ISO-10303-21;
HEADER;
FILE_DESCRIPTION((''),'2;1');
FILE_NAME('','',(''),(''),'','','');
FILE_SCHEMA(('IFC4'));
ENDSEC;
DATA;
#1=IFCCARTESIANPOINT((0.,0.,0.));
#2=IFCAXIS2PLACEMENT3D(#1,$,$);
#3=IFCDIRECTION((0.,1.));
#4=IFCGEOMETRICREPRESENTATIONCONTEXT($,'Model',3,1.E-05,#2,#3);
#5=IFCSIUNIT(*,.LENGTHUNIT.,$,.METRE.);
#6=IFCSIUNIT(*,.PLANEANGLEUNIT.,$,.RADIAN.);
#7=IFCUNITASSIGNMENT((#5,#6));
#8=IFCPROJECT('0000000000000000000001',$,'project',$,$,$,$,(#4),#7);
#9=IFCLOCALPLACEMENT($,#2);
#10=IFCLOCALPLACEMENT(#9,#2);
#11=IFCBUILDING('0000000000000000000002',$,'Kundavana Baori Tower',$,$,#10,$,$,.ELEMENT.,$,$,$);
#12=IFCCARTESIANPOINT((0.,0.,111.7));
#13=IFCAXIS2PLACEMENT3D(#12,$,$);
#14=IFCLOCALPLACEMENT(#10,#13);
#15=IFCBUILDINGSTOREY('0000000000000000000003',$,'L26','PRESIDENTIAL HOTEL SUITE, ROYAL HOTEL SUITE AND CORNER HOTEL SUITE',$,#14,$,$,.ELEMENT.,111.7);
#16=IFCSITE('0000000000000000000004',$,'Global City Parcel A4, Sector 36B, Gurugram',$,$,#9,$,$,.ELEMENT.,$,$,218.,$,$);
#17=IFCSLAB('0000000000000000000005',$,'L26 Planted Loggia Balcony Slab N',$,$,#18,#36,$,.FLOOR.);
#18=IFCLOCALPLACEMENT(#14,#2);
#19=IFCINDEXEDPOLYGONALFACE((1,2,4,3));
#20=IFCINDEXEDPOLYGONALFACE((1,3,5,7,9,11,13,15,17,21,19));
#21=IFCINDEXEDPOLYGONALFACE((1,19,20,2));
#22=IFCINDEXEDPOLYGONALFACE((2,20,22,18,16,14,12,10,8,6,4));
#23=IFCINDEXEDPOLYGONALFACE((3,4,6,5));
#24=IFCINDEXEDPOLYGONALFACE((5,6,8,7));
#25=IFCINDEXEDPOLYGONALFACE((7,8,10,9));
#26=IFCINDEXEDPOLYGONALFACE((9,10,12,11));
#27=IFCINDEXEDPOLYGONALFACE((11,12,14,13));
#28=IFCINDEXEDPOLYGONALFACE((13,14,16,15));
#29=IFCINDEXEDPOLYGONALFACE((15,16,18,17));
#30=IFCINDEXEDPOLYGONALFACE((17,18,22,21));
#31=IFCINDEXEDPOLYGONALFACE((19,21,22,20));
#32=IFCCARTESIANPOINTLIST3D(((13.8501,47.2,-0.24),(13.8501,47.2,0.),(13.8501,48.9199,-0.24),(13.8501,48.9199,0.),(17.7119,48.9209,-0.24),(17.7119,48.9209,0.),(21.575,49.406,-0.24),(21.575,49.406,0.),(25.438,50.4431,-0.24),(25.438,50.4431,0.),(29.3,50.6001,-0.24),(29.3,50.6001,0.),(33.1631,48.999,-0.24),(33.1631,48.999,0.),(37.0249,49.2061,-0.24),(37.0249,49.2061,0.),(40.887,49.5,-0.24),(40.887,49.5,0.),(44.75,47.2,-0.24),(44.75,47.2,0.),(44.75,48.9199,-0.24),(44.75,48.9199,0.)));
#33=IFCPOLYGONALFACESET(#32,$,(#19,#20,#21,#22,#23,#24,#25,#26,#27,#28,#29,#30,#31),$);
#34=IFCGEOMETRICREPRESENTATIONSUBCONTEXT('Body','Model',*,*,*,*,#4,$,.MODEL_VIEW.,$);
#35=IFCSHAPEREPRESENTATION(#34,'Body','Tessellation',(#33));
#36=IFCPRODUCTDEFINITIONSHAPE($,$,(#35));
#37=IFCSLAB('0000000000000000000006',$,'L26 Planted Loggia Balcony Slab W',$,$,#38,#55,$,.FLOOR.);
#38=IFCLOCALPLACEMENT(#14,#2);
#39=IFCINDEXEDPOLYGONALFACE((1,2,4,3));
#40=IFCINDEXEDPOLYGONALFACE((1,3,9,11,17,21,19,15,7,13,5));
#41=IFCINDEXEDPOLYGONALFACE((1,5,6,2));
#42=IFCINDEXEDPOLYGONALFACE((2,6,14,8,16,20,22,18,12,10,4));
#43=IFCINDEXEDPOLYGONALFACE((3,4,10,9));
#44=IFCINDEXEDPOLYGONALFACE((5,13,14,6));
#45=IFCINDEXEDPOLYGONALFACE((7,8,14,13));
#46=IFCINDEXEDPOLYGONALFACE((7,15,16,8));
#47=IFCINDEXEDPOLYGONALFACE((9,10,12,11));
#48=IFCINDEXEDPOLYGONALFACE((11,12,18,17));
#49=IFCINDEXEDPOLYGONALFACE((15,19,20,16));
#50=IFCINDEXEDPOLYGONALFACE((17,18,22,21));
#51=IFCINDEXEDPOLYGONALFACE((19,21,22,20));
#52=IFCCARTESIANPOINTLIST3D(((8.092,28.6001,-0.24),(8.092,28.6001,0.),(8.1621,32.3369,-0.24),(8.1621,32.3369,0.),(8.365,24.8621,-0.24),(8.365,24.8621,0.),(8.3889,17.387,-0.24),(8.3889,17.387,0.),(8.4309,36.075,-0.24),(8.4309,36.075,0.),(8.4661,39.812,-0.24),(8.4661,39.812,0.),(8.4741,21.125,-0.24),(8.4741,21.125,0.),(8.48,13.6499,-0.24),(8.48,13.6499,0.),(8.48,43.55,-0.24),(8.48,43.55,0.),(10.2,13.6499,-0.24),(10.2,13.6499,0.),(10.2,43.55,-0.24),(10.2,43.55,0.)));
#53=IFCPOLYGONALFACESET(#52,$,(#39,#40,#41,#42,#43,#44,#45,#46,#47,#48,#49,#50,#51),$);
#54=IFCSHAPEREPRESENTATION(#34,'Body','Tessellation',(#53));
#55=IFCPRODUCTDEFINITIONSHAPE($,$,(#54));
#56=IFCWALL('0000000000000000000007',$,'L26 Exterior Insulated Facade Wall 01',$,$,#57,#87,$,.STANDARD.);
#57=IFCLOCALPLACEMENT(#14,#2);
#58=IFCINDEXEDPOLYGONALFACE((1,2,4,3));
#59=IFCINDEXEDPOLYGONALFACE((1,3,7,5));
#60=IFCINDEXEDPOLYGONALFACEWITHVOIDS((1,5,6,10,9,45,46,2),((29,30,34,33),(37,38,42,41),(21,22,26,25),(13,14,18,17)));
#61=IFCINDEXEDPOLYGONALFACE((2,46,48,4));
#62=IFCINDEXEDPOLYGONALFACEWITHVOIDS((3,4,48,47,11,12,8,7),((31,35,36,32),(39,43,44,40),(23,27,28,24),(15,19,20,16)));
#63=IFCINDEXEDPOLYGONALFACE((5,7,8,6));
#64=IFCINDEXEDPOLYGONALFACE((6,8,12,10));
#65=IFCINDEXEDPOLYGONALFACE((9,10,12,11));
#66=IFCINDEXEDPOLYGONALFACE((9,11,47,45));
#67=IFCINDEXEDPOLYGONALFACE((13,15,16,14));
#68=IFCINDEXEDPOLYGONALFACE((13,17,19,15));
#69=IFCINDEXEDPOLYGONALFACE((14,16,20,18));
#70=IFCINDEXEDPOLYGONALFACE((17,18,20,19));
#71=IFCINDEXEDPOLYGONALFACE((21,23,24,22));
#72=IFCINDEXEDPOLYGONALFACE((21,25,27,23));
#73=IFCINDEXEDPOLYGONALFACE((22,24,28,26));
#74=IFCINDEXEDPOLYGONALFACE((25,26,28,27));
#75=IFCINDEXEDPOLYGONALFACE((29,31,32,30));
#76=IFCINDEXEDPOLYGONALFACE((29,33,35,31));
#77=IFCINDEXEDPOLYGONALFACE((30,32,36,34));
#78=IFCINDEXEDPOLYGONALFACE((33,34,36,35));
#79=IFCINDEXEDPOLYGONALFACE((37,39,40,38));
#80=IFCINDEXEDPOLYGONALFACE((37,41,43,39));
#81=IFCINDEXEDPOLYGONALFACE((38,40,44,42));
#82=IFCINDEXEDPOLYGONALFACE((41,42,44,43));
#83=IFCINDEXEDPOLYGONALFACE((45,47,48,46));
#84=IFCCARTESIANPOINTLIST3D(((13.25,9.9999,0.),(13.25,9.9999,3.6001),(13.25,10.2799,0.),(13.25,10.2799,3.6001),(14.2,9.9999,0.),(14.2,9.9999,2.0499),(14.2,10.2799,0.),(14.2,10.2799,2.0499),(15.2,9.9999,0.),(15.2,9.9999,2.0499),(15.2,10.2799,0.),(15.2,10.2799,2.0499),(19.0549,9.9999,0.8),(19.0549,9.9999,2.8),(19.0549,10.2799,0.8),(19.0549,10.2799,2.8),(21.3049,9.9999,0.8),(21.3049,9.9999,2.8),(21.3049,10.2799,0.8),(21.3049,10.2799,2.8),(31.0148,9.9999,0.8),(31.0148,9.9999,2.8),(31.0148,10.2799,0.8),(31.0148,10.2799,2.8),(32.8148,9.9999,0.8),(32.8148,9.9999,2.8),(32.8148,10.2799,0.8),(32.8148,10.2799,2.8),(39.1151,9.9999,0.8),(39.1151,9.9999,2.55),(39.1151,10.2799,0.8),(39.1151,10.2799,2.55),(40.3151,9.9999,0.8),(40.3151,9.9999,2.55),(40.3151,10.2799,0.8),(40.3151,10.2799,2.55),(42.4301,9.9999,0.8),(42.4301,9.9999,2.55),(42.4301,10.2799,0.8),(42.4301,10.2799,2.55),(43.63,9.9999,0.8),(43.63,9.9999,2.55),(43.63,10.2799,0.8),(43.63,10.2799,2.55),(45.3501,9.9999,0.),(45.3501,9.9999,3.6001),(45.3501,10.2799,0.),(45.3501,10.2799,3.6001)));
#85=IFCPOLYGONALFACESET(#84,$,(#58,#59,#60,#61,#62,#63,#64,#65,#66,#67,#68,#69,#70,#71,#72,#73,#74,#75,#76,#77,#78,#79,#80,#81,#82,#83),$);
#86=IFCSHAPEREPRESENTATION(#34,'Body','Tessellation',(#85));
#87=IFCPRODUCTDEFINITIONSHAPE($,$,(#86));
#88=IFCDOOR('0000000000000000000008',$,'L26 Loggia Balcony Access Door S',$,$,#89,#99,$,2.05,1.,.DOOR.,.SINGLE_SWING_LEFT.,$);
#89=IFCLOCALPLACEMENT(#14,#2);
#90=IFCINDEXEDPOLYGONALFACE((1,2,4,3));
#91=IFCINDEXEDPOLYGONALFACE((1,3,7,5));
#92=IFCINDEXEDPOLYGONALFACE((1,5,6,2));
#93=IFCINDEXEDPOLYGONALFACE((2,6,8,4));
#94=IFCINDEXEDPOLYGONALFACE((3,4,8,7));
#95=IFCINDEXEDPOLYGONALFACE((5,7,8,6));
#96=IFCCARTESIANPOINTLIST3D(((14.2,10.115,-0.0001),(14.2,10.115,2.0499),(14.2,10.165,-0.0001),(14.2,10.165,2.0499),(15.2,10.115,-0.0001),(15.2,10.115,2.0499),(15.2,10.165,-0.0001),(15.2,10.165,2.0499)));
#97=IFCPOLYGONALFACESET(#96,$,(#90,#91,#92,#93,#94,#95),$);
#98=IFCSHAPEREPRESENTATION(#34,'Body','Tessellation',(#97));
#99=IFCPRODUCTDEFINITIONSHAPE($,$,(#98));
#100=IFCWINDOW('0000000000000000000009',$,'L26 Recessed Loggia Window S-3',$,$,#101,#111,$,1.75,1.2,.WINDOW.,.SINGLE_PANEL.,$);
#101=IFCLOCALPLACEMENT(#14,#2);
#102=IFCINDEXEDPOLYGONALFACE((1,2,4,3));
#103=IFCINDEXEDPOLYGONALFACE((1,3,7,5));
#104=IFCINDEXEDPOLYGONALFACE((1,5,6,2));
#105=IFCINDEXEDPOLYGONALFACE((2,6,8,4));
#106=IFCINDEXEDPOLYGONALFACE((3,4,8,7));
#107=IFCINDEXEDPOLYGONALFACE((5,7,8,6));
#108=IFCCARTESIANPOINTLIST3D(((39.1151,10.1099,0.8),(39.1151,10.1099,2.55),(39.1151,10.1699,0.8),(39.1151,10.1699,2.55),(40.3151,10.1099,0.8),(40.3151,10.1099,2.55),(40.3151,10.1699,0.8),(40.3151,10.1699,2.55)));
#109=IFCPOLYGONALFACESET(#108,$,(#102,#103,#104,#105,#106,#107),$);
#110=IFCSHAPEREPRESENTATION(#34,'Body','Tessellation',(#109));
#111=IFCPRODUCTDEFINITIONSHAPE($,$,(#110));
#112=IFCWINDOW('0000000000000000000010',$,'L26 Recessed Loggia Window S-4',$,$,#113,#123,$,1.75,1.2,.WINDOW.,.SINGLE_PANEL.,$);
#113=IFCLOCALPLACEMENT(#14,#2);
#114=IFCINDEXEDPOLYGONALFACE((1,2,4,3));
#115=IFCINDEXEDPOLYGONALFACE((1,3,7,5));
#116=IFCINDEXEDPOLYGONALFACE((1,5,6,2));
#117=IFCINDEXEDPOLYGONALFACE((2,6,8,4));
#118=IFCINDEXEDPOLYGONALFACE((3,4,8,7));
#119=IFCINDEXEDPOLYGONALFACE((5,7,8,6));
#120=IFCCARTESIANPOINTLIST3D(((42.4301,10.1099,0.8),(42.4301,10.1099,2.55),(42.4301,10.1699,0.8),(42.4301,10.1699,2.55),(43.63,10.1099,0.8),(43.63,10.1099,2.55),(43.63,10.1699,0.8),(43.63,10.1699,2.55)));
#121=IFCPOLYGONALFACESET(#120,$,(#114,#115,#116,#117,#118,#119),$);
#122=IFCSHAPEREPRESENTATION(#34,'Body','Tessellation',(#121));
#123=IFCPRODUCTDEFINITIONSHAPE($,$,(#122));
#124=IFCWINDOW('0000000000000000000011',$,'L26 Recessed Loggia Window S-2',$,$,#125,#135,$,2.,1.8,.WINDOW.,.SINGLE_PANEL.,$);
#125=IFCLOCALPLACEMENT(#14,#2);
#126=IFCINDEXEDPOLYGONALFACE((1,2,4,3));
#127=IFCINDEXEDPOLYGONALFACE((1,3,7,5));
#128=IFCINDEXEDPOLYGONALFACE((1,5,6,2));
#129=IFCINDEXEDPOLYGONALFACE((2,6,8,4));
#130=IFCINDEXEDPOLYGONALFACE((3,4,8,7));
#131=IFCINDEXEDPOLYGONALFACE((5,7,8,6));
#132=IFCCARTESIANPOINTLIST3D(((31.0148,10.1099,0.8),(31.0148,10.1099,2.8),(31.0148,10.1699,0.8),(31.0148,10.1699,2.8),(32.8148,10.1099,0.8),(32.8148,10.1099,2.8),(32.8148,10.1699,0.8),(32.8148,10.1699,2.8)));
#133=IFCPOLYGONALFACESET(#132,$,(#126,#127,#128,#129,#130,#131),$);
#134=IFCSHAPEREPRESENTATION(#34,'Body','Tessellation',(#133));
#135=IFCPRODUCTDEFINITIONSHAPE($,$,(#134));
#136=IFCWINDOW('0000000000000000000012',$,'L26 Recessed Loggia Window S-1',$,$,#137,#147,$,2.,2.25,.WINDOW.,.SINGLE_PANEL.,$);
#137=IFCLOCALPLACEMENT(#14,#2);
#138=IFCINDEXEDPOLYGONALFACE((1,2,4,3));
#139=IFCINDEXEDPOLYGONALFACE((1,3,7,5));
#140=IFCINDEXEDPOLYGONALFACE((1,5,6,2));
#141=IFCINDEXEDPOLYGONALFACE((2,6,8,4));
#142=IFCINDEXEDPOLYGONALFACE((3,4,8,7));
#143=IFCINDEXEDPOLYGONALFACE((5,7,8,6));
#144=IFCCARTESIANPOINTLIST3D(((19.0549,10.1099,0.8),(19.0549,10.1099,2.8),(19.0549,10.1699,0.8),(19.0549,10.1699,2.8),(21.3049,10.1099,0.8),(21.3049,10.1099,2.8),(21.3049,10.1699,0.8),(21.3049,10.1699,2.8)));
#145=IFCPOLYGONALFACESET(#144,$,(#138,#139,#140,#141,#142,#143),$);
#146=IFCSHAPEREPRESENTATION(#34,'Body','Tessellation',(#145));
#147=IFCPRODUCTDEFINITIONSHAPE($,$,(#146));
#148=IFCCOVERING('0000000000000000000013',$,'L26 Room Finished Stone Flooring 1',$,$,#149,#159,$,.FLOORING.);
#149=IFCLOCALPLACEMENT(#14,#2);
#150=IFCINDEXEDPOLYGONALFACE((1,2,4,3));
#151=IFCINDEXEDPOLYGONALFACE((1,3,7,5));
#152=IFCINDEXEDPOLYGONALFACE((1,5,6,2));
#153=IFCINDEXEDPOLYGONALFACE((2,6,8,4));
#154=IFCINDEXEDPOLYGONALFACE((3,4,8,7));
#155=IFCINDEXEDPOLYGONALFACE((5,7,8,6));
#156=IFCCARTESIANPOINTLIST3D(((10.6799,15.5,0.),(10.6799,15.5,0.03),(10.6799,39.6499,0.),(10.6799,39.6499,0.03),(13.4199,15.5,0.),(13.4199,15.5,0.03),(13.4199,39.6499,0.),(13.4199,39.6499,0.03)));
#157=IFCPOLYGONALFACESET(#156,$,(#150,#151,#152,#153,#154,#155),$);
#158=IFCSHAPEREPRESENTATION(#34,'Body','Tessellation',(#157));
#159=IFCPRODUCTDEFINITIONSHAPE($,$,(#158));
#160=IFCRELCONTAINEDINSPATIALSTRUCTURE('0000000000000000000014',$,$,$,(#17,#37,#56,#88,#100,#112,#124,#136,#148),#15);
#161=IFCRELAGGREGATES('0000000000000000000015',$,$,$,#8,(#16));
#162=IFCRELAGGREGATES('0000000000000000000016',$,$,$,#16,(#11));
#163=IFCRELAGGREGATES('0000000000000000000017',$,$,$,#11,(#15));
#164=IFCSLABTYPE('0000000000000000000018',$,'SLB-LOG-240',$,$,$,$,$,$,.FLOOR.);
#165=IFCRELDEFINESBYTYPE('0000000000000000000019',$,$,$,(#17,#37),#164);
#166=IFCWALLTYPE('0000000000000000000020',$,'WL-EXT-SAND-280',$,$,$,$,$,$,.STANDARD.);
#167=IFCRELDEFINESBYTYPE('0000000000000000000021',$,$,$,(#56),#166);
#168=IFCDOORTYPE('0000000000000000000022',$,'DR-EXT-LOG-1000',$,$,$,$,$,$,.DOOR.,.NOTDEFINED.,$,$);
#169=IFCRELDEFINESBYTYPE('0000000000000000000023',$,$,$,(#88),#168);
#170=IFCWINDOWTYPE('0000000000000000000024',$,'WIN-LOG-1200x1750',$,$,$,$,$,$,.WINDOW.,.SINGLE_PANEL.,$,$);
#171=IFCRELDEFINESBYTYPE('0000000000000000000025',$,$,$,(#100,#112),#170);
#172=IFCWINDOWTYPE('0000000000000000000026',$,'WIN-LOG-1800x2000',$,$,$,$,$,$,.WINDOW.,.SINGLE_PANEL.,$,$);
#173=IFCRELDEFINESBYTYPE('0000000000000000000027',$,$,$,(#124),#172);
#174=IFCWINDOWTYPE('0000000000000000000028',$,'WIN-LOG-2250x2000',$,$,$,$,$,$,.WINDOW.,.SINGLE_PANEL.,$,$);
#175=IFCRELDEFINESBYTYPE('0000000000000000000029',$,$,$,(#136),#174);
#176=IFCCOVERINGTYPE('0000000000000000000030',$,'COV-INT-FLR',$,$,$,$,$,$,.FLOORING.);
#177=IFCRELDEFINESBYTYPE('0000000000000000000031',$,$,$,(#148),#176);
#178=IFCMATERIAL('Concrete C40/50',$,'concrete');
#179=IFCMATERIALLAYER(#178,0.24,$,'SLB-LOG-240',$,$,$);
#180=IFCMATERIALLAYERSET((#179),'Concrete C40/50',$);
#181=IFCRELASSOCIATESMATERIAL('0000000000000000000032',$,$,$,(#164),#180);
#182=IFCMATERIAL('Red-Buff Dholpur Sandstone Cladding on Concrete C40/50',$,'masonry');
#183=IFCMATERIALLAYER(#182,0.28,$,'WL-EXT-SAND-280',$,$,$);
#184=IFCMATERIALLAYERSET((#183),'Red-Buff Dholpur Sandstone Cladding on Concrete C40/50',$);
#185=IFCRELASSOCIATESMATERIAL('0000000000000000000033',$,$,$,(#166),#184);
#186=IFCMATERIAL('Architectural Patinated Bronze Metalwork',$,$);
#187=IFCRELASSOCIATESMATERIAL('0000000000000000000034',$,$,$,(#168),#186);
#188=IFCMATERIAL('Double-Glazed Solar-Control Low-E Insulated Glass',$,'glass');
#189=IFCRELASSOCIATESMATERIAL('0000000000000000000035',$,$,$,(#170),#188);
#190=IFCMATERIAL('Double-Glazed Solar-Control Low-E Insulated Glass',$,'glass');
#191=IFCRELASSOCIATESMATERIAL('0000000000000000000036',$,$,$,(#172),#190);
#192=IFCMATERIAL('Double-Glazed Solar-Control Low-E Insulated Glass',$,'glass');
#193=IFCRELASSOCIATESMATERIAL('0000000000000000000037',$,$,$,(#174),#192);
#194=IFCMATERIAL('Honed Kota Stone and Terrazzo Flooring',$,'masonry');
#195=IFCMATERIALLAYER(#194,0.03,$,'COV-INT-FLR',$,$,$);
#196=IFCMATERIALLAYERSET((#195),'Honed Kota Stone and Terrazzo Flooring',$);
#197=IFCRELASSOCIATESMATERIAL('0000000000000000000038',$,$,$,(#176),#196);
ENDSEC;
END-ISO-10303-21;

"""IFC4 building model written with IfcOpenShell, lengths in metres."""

from ifc_helpers import new_model, si_unit, direction, frame, frame_2d, origin, place, context, subcontext, project, spatial, polyline, rectangle, outline, extrude, material, layer, layer_set, type_object, element, fill, save


model = new_model("IFC4")

# Units and contexts
model_context = context("Model", 3, precision=1e-05, world=origin(), true_north=direction((0.0, 1.0)))
body_context = subcontext(model_context, "Body", "Model", "MODEL_VIEW")
ifc_project = project(units=[si_unit("LENGTHUNIT", "METRE"), si_unit("PLANEANGLEUNIT", "RADIAN")], contexts=[model_context])

# Site, building, storey
site_placement = place(None, origin())
site = spatial("IfcSite", under=ifc_project, at=site_placement, Name="Global City Parcel A4, Sector 36B, Gurugram", CompositionType="ELEMENT", RefElevation=218.0)
building_placement = place(site_placement, origin())
building = spatial("IfcBuilding", under=site, at=building_placement, Name="Kundavana Baori Tower", CompositionType="ELEMENT")
storey_placement = place(building_placement, frame((0.0, 0.0, 111.7)))
storey = spatial("IfcBuildingStorey", under=building, at=storey_placement, Name="L26", Description="PRESIDENTIAL HOTEL SUITE, ROYAL HOTEL SUITE AND CORNER HOTEL SUITE", CompositionType="ELEMENT", Elevation=111.7)

# Slabs
ifc_material_1 = material(Name="Concrete C40/50", Category="concrete")
ifc_layer_1 = layer(ifc_material_1, 0.24, Name="SLB-LOG-240")
ifc_layer_set_1 = layer_set([ifc_layer_1], Name="Concrete C40/50")
slab_type_1 = type_object("IfcSlabType", Name="SLB-LOG-240", PredefinedType="FLOOR", material=ifc_layer_set_1)
slab_1_placement = place(storey_placement, frame((0.0, 0.0, -0.24)))
element("IfcSlab", 1, at=slab_1_placement, inside=storey, type_object=slab_type_1, Name="L26 Planted Loggia Balcony Slab N", PredefinedType="FLOOR", context=body_context, shape_type="SweptSolid", body=[
    extrude(outline(polyline([(44.75, 47.2), (13.8501, 47.2), (13.8501, 48.9199), (17.7119, 48.9209), (21.575, 49.406), (25.438, 50.4431), (29.3, 50.6001), (33.1631, 48.999), (37.0249, 49.2061), (40.887, 49.5), (44.75, 48.9199), (44.75, 47.2)])), origin(), (0.0, 0.0, 1.0), 0.24),
])
slab_2_placement = place(storey_placement, frame((0.0, 0.0, -0.24)))
element("IfcSlab", 2, at=slab_2_placement, inside=storey, type_object=slab_type_1, Name="L26 Planted Loggia Balcony Slab W", PredefinedType="FLOOR", context=body_context, shape_type="SweptSolid", body=[
    extrude(outline(polyline([(10.2, 43.55), (10.2, 13.6499), (8.48, 13.6499), (8.3889, 17.387), (8.4741, 21.125), (8.365, 24.8621), (8.092, 28.6001), (8.1621, 32.3369), (8.4309, 36.075), (8.4661, 39.812), (8.48, 43.55), (10.2, 43.55)])), origin(), (0.0, 0.0, 1.0), 0.24),
])

# Wall, openings, door, windows
ifc_material_2 = material(Name="Red-Buff Dholpur Sandstone Cladding on Concrete C40/50", Category="masonry")
ifc_layer_2 = layer(ifc_material_2, 0.28, Name="WL-EXT-SAND-280")
ifc_layer_set_2 = layer_set([ifc_layer_2], Name="Red-Buff Dholpur Sandstone Cladding on Concrete C40/50")
wall_type = type_object("IfcWallType", Name="WL-EXT-SAND-280", PredefinedType="STANDARD", material=ifc_layer_set_2)
wall_placement = place(storey_placement, frame((13.25, 10.1399, 0.0), z_axis=(0.0, 0.0, 1.0), x_axis=(1.0, 0.0, 0.0)))
wall = element("IfcWall", 3, at=wall_placement, inside=storey, type_object=wall_type, Name="L26 Exterior Insulated Facade Wall 01", PredefinedType="STANDARD", context=body_context, shape_type="SweptSolid", body=[
    extrude(rectangle(XDim=32.1001, YDim=0.28, at=frame_2d((16.05, 0.0))), origin(), (0.0, 0.0, 1.0), 3.6001),
])
opening_1_placement = place(wall_placement, frame((0.95, 0.0, 0.0)))
opening_1 = element("IfcOpeningElement", 4, at=opening_1_placement, cuts=wall, PredefinedType="OPENING", context=body_context, shape_type="SweptSolid", body=[
    extrude(rectangle(XDim=1.0, YDim=2.05, at=frame_2d((0.5, 1.0249))), frame((0.0, 0.1499, 0.0), z_axis=(0.0, -1.0, 0.0), x_axis=(1.0, 0.0, 0.0)), (0.0, 0.0, 1.0), 0.3),
])
opening_2_placement = place(wall_placement, frame((5.8049, 0.0, 0.8)))
opening_2 = element("IfcOpeningElement", 5, at=opening_2_placement, cuts=wall, PredefinedType="OPENING", context=body_context, shape_type="SweptSolid", body=[
    extrude(rectangle(XDim=2.25, YDim=2.0, at=frame_2d((1.125, 1.0))), frame((0.0, 0.1499, 0.0), z_axis=(0.0, -1.0, 0.0), x_axis=(1.0, 0.0, 0.0)), (0.0, 0.0, 1.0), 0.3),
])
opening_3_placement = place(wall_placement, frame((17.7649, 0.0, 0.8)))
opening_3 = element("IfcOpeningElement", 6, at=opening_3_placement, cuts=wall, PredefinedType="OPENING", context=body_context, shape_type="SweptSolid", body=[
    extrude(rectangle(XDim=1.8, YDim=2.0, at=frame_2d((0.8999, 1.0))), frame((0.0, 0.1499, 0.0), z_axis=(0.0, -1.0, 0.0), x_axis=(1.0, 0.0, 0.0)), (0.0, 0.0, 1.0), 0.3),
])
opening_4_placement = place(wall_placement, frame((25.865, 0.0, 0.8)))
opening_4 = element("IfcOpeningElement", 7, at=opening_4_placement, cuts=wall, PredefinedType="OPENING", context=body_context, shape_type="SweptSolid", body=[
    extrude(rectangle(XDim=1.2, YDim=1.75, at=frame_2d((0.6001, 0.875))), frame((0.0, 0.1499, 0.0), z_axis=(0.0, -1.0, 0.0), x_axis=(1.0, 0.0, 0.0)), (0.0, 0.0, 1.0), 0.3),
])
opening_5_placement = place(wall_placement, frame((29.1799, 0.0, 0.8)))
opening_5 = element("IfcOpeningElement", 8, at=opening_5_placement, cuts=wall, PredefinedType="OPENING", context=body_context, shape_type="SweptSolid", body=[
    extrude(rectangle(XDim=1.2, YDim=1.75, at=frame_2d((0.6001, 0.875))), frame((0.0, 0.1499, 0.0), z_axis=(0.0, -1.0, 0.0), x_axis=(1.0, 0.0, 0.0)), (0.0, 0.0, 1.0), 0.3),
])
ifc_material_3 = material(Name="Architectural Patinated Bronze Metalwork")
door_type = type_object("IfcDoorType", Name="DR-EXT-LOG-1000", OperationType="NOTDEFINED", PredefinedType="DOOR", material=ifc_material_3)
door_placement = place(opening_1_placement, frame((1.0, 0.0, 0.0), z_axis=(0.0, 0.0, 1.0), x_axis=(-1.0, 0.0, 0.0)))
door = element("IfcDoor", 9, at=door_placement, inside=storey, type_object=door_type, Name="L26 Loggia Balcony Access Door S", OperationType="SINGLE_SWING_LEFT", OverallHeight=2.05, OverallWidth=1.0, PredefinedType="DOOR", context=body_context, shape_type="SweptSolid", body=[
    extrude(rectangle(XDim=1.0, YDim=2.05, at=frame_2d((0.5, 1.0249))), frame((0.0, 0.0249, 0.0), z_axis=(0.0, -1.0, 0.0), x_axis=(1.0, 0.0, 0.0)), (0.0, 0.0, 1.0), 0.05),
])
fill(opening_1, door)
ifc_material_4 = material(Name="Double-Glazed Solar-Control Low-E Insulated Glass", Category="glass")
window_type_1 = type_object("IfcWindowType", Name="WIN-LOG-1200x1750", PartitioningType="SINGLE_PANEL", PredefinedType="WINDOW", material=ifc_material_4)
window_1_placement = place(opening_4_placement, origin())
window_1 = element("IfcWindow", 10, at=window_1_placement, inside=storey, type_object=window_type_1, Name="L26 Recessed Loggia Window S-3", OverallHeight=1.75, OverallWidth=1.2, PartitioningType="SINGLE_PANEL", PredefinedType="WINDOW", context=body_context, shape_type="SweptSolid", body=[
    extrude(rectangle(XDim=1.2, YDim=1.75, at=frame_2d((0.6001, 0.875))), frame((0.0, 0.03, 0.0), z_axis=(0.0, -1.0, 0.0), x_axis=(1.0, 0.0, 0.0)), (0.0, 0.0, 1.0), 0.0601),
])
fill(opening_4, window_1)
window_2_placement = place(opening_5_placement, origin())
window_2 = element("IfcWindow", 11, at=window_2_placement, inside=storey, type_object=window_type_1, Name="L26 Recessed Loggia Window S-4", OverallHeight=1.75, OverallWidth=1.2, PartitioningType="SINGLE_PANEL", PredefinedType="WINDOW", context=body_context, shape_type="SweptSolid", body=[
    extrude(rectangle(XDim=1.2, YDim=1.75, at=frame_2d((0.6001, 0.875))), frame((0.0, 0.03, 0.0), z_axis=(0.0, -1.0, 0.0), x_axis=(1.0, 0.0, 0.0)), (0.0, 0.0, 1.0), 0.0601),
])
fill(opening_5, window_2)
ifc_material_5 = material(Name="Double-Glazed Solar-Control Low-E Insulated Glass", Category="glass")
window_type_2 = type_object("IfcWindowType", Name="WIN-LOG-1800x2000", PartitioningType="SINGLE_PANEL", PredefinedType="WINDOW", material=ifc_material_5)
window_3_placement = place(opening_3_placement, origin())
window_3 = element("IfcWindow", 12, at=window_3_placement, inside=storey, type_object=window_type_2, Name="L26 Recessed Loggia Window S-2", OverallHeight=2.0, OverallWidth=1.8, PartitioningType="SINGLE_PANEL", PredefinedType="WINDOW", context=body_context, shape_type="SweptSolid", body=[
    extrude(rectangle(XDim=1.8, YDim=2.0, at=frame_2d((0.8999, 1.0))), frame((0.0, 0.03, 0.0), z_axis=(0.0, -1.0, 0.0), x_axis=(1.0, 0.0, 0.0)), (0.0, 0.0, 1.0), 0.0601),
])
fill(opening_3, window_3)
ifc_material_6 = material(Name="Double-Glazed Solar-Control Low-E Insulated Glass", Category="glass")
window_type_3 = type_object("IfcWindowType", Name="WIN-LOG-2250x2000", PartitioningType="SINGLE_PANEL", PredefinedType="WINDOW", material=ifc_material_6)
window_4_placement = place(opening_2_placement, origin())
window_4 = element("IfcWindow", 13, at=window_4_placement, inside=storey, type_object=window_type_3, Name="L26 Recessed Loggia Window S-1", OverallHeight=2.0, OverallWidth=2.25, PartitioningType="SINGLE_PANEL", PredefinedType="WINDOW", context=body_context, shape_type="SweptSolid", body=[
    extrude(rectangle(XDim=2.25, YDim=2.0, at=frame_2d((1.125, 1.0))), frame((0.0, 0.03, 0.0), z_axis=(0.0, -1.0, 0.0), x_axis=(1.0, 0.0, 0.0)), (0.0, 0.0, 1.0), 0.0601),
])
fill(opening_2, window_4)

# Covering
ifc_material_7 = material(Name="Honed Kota Stone and Terrazzo Flooring", Category="masonry")
ifc_layer_3 = layer(ifc_material_7, 0.03, Name="COV-INT-FLR")
ifc_layer_set_3 = layer_set([ifc_layer_3], Name="Honed Kota Stone and Terrazzo Flooring")
covering_type = type_object("IfcCoveringType", Name="COV-INT-FLR", PredefinedType="FLOORING", material=ifc_layer_set_3)
covering_1_placement = place(storey_placement, origin())
element("IfcCovering", 14, at=covering_1_placement, inside=storey, type_object=covering_type, Name="L26 Room Finished Stone Flooring 1", PredefinedType="FLOORING", context=body_context, shape_type="SweptSolid", body=[
    extrude(outline(polyline([(10.6799, 15.5), (13.4199, 15.5), (13.4199, 39.6499), (10.6799, 39.6499), (10.6799, 15.5)])), origin(), (0.0, 0.0, 1.0), 0.03),
])

save(model, "model.ifc")
